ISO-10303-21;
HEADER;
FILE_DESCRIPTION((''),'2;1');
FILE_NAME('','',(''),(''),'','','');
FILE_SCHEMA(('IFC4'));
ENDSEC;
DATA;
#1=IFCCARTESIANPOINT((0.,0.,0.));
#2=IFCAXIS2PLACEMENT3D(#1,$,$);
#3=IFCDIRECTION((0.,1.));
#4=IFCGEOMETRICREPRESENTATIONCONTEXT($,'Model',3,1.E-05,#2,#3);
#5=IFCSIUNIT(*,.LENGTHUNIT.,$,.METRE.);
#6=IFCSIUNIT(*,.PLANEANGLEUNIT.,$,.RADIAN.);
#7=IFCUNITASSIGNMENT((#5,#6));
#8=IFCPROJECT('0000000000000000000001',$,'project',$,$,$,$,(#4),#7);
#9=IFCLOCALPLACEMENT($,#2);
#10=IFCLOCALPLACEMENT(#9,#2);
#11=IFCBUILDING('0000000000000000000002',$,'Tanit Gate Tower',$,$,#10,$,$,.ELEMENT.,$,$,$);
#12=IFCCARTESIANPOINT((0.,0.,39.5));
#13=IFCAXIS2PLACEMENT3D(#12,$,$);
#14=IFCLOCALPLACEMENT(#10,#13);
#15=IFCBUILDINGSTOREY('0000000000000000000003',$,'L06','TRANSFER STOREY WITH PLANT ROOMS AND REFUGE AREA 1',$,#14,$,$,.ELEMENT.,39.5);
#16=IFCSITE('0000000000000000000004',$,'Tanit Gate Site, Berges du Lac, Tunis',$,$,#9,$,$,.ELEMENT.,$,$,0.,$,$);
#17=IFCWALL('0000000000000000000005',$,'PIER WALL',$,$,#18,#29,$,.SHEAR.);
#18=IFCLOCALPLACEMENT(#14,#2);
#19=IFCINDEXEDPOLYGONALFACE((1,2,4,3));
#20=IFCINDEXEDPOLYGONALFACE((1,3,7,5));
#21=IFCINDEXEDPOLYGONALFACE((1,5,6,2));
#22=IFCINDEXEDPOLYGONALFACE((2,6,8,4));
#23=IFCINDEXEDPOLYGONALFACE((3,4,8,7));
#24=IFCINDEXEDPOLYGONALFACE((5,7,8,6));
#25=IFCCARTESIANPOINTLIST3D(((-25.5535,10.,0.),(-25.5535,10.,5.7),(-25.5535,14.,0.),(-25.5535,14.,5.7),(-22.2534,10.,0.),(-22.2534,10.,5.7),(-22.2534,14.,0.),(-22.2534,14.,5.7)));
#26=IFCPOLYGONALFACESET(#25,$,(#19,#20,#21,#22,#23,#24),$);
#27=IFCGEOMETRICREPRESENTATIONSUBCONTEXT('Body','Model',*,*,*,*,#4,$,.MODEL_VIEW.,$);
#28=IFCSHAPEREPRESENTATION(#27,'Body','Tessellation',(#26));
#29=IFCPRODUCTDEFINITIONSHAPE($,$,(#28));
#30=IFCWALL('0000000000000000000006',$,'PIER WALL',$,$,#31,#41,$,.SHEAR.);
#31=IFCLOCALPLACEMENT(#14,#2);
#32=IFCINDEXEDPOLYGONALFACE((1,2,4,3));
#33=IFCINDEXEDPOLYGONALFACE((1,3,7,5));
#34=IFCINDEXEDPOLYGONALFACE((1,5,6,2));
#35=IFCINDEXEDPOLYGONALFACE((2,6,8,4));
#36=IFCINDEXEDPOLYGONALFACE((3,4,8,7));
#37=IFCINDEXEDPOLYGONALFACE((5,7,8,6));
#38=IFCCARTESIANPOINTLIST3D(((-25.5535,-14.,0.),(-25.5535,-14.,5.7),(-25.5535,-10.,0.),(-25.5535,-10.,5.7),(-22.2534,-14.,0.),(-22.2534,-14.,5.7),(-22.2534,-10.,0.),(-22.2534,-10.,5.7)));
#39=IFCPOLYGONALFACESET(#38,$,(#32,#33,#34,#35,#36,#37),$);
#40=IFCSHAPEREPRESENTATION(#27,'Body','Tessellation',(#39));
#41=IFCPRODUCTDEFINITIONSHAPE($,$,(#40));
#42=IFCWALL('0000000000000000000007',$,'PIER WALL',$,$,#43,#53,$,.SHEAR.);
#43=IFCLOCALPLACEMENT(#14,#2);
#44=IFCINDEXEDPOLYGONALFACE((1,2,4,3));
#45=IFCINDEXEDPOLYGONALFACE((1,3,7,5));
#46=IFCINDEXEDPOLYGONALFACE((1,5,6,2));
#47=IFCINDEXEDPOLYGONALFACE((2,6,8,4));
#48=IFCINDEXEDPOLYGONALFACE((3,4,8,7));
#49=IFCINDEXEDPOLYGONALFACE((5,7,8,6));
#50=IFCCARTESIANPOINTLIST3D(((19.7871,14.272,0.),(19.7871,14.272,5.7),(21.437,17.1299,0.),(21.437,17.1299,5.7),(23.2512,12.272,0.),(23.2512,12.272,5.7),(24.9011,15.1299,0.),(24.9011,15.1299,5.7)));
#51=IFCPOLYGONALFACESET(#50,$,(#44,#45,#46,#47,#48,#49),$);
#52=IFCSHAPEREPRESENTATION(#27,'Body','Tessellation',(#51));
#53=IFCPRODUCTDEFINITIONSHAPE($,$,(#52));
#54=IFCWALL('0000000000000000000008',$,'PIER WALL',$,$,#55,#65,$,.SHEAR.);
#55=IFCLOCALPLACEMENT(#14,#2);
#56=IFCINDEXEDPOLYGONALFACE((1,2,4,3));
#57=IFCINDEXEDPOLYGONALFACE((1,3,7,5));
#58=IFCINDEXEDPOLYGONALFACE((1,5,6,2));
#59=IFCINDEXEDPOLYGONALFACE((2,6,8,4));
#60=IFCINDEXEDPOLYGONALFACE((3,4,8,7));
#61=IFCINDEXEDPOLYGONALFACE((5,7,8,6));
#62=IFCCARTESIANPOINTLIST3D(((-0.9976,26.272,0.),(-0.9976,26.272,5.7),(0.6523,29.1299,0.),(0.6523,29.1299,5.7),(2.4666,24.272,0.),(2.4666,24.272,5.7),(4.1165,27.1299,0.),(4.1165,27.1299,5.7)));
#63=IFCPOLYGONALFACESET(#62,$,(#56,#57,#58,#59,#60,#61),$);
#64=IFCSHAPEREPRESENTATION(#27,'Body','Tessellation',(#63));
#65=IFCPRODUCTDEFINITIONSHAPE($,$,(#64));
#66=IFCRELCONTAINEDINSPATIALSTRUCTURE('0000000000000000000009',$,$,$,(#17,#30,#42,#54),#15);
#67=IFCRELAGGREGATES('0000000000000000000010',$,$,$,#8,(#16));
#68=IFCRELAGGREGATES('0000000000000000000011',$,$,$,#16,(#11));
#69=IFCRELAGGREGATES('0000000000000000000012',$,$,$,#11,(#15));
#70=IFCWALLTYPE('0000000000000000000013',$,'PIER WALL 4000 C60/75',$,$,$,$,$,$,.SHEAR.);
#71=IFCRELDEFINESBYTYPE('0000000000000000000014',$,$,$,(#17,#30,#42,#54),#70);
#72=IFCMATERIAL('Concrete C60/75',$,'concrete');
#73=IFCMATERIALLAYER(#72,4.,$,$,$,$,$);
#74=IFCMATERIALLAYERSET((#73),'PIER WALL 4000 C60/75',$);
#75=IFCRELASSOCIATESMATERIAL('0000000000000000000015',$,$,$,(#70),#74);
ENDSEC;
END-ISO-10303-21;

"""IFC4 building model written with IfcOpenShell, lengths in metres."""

from ifc_helpers import new_model, si_unit, direction, frame, origin, place, context, subcontext, project, spatial, polyline, outline, extrude, material, layer, layer_set, type_object, element, save


model = new_model("IFC4")

# Units and contexts
model_context = context("Model", 3, precision=1e-05, world=origin(), true_north=direction((0.0, 1.0)))
body_context = subcontext(model_context, "Body", "Model", "MODEL_VIEW")
ifc_project = project(units=[si_unit("LENGTHUNIT", "METRE"), si_unit("PLANEANGLEUNIT", "RADIAN")], contexts=[model_context])

# Site, building, storey
site_placement = place(None, origin())
site = spatial("IfcSite", under=ifc_project, at=site_placement, Name="Tanit Gate Site, Berges du Lac, Tunis", CompositionType="ELEMENT", RefElevation=0.0)
building_placement = place(site_placement, origin())
building = spatial("IfcBuilding", under=site, at=building_placement, Name="Tanit Gate Tower", CompositionType="ELEMENT")
storey_placement = place(building_placement, frame((0.0, 0.0, 39.5)))
storey = spatial("IfcBuildingStorey", under=building, at=storey_placement, Name="L06", Description="TRANSFER STOREY WITH PLANT ROOMS AND REFUGE AREA 1", CompositionType="ELEMENT", Elevation=39.5)

# Walls
ifc_material_1 = material(Name="Concrete C60/75", Category="concrete")
ifc_layer_1 = layer(ifc_material_1, 4.0)
ifc_layer_set_1 = layer_set([ifc_layer_1], Name="PIER WALL 4000 C60/75")
wall_type_1 = type_object("IfcWallType", Name="PIER WALL 4000 C60/75", PredefinedType="SHEAR", material=ifc_layer_set_1)
wall_1_placement = place(storey_placement, origin())
element("IfcWall", 1, at=wall_1_placement, inside=storey, type_object=wall_type_1, Name="PIER WALL", PredefinedType="SHEAR", context=body_context, shape_type="SweptSolid", body=[
    extrude(outline(polyline([(-25.5535, 14.0), (-25.5535, 10.0), (-22.2534, 10.0), (-22.2534, 14.0), (-25.5535, 14.0)])), origin(), (0.0, 0.0, 1.0), 5.7),
])
wall_2_placement = place(storey_placement, origin())
element("IfcWall", 2, at=wall_2_placement, inside=storey, type_object=wall_type_1, Name="PIER WALL", PredefinedType="SHEAR", context=body_context, shape_type="SweptSolid", body=[
    extrude(outline(polyline([(-25.5535, -10.0), (-25.5535, -14.0), (-22.2534, -14.0), (-22.2534, -10.0), (-25.5535, -10.0)])), origin(), (0.0, 0.0, 1.0), 5.7),
])
wall_3_placement = place(storey_placement, origin())
element("IfcWall", 3, at=wall_3_placement, inside=storey, type_object=wall_type_1, Name="PIER WALL", PredefinedType="SHEAR", context=body_context, shape_type="SweptSolid", body=[
    extrude(outline(polyline([(24.9011, 15.1299), (21.437, 17.1299), (19.7871, 14.272), (23.2512, 12.272), (24.9011, 15.1299)])), origin(), (0.0, 0.0, 1.0), 5.7),
])
wall_4_placement = place(storey_placement, origin())
element("IfcWall", 4, at=wall_4_placement, inside=storey, type_object=wall_type_1, Name="PIER WALL", PredefinedType="SHEAR", context=body_context, shape_type="SweptSolid", body=[
    extrude(outline(polyline([(4.1165, 27.1299), (0.6523, 29.1299), (-0.9976, 26.272), (2.4666, 24.272), (4.1165, 27.1299)])), origin(), (0.0, 0.0, 1.0), 5.7),
])

save(model, "model.ifc")
